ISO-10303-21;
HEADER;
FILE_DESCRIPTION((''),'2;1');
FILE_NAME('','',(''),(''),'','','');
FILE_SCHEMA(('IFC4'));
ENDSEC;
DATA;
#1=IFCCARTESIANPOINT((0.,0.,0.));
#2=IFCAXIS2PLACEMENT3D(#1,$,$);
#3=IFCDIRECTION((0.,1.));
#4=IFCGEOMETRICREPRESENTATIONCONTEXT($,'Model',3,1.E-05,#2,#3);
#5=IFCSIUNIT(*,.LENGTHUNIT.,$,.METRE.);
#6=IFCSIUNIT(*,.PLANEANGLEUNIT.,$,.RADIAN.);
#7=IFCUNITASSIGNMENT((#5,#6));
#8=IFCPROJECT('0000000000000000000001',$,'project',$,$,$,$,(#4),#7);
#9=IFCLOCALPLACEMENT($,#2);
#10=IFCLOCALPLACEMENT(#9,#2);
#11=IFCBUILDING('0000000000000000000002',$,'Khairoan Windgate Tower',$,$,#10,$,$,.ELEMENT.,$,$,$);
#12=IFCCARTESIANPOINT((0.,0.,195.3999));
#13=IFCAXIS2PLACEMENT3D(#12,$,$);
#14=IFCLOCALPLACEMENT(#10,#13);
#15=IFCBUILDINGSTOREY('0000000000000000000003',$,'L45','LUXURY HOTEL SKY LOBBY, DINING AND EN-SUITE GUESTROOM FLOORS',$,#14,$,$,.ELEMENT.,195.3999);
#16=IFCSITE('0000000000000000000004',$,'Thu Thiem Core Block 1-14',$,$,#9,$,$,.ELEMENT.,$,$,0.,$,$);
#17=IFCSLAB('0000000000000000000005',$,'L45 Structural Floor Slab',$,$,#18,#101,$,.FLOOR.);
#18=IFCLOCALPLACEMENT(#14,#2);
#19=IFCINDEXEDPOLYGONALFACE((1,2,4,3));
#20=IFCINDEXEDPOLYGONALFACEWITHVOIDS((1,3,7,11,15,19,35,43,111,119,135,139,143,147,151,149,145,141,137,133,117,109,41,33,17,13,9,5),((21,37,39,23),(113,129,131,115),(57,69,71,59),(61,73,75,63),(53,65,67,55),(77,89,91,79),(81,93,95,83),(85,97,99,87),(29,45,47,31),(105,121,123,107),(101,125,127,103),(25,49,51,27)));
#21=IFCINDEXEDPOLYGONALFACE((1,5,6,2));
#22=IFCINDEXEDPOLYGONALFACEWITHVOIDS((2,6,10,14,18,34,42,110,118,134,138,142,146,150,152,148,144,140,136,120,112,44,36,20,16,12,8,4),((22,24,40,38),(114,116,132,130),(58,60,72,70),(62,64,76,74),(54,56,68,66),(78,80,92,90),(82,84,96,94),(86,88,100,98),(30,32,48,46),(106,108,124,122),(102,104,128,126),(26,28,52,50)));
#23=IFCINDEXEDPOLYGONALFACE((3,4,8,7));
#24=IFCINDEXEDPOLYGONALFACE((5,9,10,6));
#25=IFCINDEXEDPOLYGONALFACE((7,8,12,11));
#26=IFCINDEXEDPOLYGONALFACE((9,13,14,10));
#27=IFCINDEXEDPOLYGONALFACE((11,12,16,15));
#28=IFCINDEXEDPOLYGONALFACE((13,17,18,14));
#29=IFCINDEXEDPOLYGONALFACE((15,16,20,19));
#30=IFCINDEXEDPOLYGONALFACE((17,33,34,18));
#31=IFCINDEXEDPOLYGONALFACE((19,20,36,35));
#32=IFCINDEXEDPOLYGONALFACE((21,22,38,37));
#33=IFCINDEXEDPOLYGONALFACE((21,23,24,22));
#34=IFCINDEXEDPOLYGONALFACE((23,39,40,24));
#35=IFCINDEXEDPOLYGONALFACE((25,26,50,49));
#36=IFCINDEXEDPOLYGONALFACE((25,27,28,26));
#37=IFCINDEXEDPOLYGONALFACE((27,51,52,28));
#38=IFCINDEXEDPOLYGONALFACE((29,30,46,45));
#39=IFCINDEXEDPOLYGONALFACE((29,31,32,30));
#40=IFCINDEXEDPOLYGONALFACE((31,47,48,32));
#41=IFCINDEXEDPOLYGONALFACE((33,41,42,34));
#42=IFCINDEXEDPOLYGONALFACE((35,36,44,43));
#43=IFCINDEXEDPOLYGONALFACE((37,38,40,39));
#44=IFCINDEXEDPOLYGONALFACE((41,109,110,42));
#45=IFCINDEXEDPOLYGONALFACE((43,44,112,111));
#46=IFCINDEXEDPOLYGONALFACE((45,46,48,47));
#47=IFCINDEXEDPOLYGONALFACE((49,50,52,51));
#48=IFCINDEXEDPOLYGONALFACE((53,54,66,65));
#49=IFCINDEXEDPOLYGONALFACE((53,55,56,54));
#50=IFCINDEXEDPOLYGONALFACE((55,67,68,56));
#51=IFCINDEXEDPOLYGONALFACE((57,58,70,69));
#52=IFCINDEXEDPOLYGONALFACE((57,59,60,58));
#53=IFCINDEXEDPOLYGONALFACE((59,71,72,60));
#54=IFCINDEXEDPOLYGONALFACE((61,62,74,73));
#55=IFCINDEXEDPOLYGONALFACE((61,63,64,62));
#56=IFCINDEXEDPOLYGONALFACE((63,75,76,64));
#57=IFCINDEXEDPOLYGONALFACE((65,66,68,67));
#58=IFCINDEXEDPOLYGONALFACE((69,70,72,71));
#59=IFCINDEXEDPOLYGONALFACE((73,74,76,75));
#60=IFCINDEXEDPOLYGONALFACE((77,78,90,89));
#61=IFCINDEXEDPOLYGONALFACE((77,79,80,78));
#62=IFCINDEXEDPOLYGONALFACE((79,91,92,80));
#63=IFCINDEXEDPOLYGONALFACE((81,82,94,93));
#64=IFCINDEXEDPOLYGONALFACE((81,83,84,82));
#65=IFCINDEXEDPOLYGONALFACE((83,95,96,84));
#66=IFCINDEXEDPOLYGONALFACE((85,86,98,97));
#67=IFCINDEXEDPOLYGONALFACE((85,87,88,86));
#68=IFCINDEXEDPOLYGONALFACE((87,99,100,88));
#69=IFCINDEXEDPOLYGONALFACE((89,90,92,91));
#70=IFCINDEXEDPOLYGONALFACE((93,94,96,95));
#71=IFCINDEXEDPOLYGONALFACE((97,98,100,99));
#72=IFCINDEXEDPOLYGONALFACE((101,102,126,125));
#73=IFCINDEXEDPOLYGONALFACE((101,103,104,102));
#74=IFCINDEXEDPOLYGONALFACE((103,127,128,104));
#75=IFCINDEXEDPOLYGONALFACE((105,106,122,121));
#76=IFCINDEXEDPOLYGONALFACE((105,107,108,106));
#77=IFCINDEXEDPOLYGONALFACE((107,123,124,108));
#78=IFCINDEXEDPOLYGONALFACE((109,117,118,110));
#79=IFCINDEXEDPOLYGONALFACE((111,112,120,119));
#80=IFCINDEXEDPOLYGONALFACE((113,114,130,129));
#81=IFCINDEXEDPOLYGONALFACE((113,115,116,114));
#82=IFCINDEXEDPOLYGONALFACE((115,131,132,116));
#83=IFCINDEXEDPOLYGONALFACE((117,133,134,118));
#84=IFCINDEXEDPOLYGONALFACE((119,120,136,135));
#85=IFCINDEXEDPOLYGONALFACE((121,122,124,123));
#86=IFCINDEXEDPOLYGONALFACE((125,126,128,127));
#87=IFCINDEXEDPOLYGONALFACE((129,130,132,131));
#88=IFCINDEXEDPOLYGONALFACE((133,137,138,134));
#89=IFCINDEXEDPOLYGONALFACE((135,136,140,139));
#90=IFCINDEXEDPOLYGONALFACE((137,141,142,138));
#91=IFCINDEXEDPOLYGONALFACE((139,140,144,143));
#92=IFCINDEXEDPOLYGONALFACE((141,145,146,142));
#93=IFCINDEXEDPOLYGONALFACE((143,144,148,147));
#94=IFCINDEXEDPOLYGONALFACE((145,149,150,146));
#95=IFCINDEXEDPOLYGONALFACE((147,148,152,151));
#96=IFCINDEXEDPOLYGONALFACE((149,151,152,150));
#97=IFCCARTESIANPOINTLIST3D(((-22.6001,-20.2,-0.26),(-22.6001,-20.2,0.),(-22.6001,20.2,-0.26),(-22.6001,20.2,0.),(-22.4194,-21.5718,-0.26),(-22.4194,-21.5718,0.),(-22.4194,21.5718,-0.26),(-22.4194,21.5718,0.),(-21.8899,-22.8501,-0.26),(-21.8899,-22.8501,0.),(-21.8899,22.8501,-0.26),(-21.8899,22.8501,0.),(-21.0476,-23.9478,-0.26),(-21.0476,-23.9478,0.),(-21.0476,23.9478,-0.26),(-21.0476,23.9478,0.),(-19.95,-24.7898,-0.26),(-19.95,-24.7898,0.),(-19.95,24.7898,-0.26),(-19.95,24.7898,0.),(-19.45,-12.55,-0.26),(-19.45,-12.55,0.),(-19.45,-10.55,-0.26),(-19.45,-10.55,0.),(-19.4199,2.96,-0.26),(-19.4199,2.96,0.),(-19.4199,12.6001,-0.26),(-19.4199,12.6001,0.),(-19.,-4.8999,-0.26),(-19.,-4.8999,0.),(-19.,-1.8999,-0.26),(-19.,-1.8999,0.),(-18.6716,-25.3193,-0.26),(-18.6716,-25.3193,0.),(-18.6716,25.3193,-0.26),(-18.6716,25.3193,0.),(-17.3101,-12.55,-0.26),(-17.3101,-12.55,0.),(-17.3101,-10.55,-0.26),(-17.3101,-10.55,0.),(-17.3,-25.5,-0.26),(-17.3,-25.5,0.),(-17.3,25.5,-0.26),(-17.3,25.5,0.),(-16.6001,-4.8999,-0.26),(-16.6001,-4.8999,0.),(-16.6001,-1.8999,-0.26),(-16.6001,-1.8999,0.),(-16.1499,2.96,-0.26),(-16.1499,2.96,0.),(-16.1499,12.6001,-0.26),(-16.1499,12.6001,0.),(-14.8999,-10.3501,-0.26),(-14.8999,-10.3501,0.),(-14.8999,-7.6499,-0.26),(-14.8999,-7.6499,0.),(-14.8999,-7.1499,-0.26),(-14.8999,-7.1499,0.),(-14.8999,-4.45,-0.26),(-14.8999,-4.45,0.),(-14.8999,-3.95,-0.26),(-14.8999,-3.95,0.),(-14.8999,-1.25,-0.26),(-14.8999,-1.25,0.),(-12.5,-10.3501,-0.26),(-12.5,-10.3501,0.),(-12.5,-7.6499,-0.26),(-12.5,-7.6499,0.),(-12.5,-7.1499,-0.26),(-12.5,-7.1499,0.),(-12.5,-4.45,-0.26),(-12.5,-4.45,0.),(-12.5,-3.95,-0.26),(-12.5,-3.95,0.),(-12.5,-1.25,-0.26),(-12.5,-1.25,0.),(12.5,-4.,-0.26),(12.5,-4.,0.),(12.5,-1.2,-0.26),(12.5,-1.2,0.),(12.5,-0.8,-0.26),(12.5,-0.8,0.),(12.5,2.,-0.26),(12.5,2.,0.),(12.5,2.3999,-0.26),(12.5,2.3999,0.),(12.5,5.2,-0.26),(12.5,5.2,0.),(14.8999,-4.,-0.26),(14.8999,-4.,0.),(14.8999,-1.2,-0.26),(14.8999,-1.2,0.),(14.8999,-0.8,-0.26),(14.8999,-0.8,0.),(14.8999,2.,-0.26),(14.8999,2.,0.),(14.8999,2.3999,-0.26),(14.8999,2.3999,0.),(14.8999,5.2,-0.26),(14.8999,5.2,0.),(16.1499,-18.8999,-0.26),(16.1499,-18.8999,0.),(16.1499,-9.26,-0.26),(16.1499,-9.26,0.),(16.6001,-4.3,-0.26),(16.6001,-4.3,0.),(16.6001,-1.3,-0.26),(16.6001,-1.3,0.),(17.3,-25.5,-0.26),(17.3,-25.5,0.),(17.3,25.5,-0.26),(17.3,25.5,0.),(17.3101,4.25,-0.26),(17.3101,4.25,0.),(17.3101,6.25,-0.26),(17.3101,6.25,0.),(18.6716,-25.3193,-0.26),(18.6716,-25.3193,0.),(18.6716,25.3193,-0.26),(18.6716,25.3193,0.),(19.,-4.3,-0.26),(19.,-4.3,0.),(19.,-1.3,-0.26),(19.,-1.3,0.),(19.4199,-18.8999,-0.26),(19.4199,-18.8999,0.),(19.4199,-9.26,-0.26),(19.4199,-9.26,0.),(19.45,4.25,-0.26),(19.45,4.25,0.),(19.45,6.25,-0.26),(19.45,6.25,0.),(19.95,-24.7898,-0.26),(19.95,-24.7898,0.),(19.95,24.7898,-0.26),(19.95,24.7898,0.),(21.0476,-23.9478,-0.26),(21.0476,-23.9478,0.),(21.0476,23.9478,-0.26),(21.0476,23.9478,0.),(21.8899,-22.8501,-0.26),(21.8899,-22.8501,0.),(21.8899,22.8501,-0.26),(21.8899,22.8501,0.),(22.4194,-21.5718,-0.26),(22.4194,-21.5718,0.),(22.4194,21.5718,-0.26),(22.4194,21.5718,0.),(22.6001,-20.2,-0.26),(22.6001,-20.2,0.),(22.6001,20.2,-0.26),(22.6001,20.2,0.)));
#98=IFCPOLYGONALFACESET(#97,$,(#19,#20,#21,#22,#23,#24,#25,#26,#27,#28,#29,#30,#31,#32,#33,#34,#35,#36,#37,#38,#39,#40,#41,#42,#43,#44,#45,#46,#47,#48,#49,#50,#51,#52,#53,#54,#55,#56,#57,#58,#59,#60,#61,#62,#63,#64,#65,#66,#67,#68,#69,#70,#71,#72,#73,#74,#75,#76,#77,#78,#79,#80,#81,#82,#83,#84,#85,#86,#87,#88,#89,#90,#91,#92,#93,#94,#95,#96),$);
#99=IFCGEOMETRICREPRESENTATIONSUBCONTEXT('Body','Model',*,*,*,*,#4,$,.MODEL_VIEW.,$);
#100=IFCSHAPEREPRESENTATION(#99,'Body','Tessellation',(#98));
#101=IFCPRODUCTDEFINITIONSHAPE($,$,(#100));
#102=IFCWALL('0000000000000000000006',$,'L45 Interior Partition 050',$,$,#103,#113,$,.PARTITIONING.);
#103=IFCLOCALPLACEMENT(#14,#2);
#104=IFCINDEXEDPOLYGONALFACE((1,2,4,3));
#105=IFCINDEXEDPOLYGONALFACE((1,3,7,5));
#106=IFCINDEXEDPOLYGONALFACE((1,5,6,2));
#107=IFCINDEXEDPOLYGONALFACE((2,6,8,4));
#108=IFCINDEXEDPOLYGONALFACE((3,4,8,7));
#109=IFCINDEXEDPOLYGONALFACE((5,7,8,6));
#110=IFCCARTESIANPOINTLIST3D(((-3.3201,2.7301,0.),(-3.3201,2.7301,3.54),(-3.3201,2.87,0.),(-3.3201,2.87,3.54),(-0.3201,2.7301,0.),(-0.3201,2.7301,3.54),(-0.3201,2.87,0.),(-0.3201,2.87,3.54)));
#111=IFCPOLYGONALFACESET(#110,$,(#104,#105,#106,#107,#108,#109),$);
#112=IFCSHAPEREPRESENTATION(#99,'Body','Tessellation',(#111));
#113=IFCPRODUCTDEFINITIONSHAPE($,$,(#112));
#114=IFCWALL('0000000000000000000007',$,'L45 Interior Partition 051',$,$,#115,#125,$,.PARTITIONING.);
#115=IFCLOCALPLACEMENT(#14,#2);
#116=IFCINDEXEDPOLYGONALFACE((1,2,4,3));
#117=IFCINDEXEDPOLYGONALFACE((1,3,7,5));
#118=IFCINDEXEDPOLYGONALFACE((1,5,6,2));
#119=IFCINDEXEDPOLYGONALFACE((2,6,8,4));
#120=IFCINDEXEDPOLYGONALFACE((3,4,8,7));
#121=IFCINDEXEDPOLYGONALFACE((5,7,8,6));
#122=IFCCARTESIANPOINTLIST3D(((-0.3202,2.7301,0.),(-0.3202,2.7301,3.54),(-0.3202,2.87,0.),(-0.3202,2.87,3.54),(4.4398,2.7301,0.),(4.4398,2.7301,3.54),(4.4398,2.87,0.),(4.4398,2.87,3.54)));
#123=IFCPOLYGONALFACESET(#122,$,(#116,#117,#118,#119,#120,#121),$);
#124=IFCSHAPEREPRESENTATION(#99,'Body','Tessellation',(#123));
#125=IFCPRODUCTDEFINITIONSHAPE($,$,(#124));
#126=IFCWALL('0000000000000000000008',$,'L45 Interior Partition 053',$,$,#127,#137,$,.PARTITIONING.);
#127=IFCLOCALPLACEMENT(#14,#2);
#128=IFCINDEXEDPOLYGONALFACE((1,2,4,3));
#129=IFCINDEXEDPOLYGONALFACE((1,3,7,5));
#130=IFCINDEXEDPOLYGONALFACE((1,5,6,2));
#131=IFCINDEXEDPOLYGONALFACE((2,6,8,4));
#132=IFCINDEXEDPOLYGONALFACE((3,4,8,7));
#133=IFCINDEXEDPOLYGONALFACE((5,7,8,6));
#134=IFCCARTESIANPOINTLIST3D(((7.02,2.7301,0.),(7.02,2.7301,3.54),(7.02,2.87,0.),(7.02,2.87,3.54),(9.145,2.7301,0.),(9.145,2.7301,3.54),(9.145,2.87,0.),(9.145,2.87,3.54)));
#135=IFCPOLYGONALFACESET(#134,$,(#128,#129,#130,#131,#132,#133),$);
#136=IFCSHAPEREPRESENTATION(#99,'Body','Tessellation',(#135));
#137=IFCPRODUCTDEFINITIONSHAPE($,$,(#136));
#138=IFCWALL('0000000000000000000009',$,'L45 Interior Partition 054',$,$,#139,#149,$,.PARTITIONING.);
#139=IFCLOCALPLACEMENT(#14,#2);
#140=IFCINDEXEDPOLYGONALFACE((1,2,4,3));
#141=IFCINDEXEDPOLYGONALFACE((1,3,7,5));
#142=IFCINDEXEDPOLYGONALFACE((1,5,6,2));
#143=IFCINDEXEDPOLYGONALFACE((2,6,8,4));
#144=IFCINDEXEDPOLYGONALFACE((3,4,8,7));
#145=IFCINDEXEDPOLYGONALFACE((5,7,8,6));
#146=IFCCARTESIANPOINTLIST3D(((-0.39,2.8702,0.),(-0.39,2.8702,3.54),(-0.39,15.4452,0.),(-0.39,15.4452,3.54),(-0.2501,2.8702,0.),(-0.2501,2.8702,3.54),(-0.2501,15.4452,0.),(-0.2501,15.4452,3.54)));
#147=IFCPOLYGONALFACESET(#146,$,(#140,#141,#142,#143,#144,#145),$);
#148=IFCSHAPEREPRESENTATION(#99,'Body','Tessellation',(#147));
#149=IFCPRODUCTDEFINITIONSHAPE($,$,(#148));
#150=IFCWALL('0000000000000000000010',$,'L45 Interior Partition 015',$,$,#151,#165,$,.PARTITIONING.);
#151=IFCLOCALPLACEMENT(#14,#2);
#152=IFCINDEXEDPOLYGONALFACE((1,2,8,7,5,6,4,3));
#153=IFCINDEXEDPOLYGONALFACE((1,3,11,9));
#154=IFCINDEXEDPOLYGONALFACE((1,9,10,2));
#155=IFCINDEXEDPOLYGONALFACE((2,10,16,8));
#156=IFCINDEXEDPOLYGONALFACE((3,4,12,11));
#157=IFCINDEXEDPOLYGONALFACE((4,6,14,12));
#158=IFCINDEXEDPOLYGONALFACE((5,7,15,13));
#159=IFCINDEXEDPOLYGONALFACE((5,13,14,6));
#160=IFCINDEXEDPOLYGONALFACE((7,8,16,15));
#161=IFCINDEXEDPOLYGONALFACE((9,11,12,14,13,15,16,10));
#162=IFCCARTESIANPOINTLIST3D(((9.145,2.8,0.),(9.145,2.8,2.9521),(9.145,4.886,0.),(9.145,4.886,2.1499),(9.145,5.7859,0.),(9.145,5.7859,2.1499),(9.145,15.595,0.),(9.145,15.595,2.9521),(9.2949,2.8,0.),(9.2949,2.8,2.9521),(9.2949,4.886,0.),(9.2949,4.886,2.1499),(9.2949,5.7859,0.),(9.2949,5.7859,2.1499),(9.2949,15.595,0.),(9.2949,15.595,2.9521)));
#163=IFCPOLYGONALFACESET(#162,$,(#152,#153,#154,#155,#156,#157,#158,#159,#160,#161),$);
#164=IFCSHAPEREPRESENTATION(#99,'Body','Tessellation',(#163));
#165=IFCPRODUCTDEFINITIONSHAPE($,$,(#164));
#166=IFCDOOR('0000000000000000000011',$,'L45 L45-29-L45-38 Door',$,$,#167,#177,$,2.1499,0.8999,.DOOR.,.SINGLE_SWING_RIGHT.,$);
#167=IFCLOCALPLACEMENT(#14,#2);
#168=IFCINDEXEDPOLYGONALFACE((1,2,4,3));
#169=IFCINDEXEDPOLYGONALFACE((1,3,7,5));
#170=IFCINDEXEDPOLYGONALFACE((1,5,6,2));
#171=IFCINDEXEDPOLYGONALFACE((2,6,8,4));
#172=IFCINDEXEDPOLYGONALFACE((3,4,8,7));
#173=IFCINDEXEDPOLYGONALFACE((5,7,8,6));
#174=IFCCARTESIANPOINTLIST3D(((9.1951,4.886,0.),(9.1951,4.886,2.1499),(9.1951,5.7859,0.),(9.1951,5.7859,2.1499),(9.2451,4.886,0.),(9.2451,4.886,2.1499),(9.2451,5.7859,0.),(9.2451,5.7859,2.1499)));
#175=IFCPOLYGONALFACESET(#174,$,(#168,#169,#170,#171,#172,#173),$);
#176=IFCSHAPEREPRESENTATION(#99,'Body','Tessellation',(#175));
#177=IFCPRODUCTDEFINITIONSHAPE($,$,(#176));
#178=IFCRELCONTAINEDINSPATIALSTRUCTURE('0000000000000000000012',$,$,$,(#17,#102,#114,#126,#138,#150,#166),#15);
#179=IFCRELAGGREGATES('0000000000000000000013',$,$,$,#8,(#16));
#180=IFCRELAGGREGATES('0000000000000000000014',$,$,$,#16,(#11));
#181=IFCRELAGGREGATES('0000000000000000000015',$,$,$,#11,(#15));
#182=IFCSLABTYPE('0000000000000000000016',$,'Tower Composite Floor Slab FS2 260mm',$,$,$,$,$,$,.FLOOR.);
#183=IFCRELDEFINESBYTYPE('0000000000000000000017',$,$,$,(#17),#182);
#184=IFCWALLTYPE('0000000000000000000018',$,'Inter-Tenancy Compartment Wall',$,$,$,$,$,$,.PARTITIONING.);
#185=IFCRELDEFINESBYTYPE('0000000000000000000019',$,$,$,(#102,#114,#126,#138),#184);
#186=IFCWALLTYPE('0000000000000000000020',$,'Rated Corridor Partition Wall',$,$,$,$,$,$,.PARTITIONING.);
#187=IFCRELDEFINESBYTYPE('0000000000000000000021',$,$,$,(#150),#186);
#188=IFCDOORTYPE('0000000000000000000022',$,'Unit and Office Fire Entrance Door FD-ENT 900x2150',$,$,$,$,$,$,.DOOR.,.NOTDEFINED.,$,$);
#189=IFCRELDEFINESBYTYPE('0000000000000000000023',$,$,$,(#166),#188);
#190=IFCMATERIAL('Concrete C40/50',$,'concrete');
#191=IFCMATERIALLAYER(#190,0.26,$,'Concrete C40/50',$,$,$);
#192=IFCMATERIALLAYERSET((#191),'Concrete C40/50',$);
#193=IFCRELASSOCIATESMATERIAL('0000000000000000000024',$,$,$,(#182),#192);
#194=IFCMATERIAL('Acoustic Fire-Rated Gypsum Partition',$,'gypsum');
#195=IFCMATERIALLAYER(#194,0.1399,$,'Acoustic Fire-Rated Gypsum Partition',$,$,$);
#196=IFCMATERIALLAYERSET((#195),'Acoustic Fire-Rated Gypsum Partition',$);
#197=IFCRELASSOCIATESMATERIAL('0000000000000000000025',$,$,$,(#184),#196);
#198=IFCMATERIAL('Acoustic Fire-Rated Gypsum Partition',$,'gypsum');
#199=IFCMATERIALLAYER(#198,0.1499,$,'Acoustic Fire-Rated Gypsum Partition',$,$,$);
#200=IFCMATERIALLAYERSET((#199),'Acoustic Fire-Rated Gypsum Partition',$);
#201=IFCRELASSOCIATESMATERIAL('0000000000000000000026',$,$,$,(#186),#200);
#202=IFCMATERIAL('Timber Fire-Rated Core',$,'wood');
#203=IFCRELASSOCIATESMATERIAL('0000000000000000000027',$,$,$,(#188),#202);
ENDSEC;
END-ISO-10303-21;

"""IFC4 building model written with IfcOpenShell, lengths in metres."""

from ifc_helpers import new_model, si_unit, direction, frame, frame_2d, origin, place, context, subcontext, project, spatial, polyline, rectangle, outline, extrude, material, layer, layer_set, type_object, element, fill, save


model = new_model("IFC4")

# Units and contexts
model_context = context("Model", 3, precision=1e-05, world=origin(), true_north=direction((0.0, 1.0)))
body_context = subcontext(model_context, "Body", "Model", "MODEL_VIEW")
ifc_project = project(units=[si_unit("LENGTHUNIT", "METRE"), si_unit("PLANEANGLEUNIT", "RADIAN")], contexts=[model_context])

# Site, building, storey
site_placement = place(None, origin())
site = spatial("IfcSite", under=ifc_project, at=site_placement, Name="Thu Thiem Core Block 1-14", CompositionType="ELEMENT", RefElevation=0.0)
building_placement = place(site_placement, origin())
building = spatial("IfcBuilding", under=site, at=building_placement, Name="Khairoan Windgate Tower", CompositionType="ELEMENT")
storey_placement = place(building_placement, frame((0.0, 0.0, 195.3999)))
storey = spatial("IfcBuildingStorey", under=building, at=storey_placement, Name="L45", Description="LUXURY HOTEL SKY LOBBY, DINING AND EN-SUITE GUESTROOM FLOORS", CompositionType="ELEMENT", Elevation=195.3999)

# Slab
ifc_material_1 = material(Name="Concrete C40/50", Category="concrete")
ifc_layer_1 = layer(ifc_material_1, 0.26, Name="Concrete C40/50")
ifc_layer_set_1 = layer_set([ifc_layer_1], Name="Concrete C40/50")
slab_type_1 = type_object("IfcSlabType", Name="Tower Composite Floor Slab FS2 260mm", PredefinedType="FLOOR", material=ifc_layer_set_1)
slab_1_placement = place(storey_placement, frame((0.0, 0.0, -0.26)))
element("IfcSlab", 1, at=slab_1_placement, inside=storey, type_object=slab_type_1, Name="L45 Structural Floor Slab", PredefinedType="FLOOR", context=body_context, shape_type="SweptSolid", body=[
    extrude(outline(polyline([(17.3, -25.5), (18.6716, -25.3193), (19.95, -24.7898), (21.0476, -23.9478), (21.8899, -22.8501), (22.4194, -21.5718), (22.6001, -20.2), (22.6001, 20.2), (22.4194, 21.5718), (21.8899, 22.8501), (21.0476, 23.9478), (19.95, 24.7898), (18.6716, 25.3193), (17.3, 25.5), (-17.3, 25.5), (-18.6716, 25.3193), (-19.95, 24.7898), (-21.0476, 23.9478), (-21.8899, 22.8501), (-22.4194, 21.5718), (-22.6001, 20.2), (-22.6001, -20.2), (-22.4194, -21.5718), (-21.8899, -22.8501), (-21.0476, -23.9478), (-19.95, -24.7898), (-18.6716, -25.3193), (-17.3, -25.5), (17.3, -25.5)]), holes=[polyline([(16.1499, -9.26), (16.1499, -18.8999), (19.4199, -18.8999), (19.4199, -9.26), (16.1499, -9.26)]), polyline([(-16.1499, 2.96), (-16.1499, 12.6001), (-19.4199, 12.6001), (-19.4199, 2.96), (-16.1499, 2.96)]), polyline([(-14.8999, -3.95), (-12.5, -3.95), (-12.5, -1.25), (-14.8999, -1.25), (-14.8999, -3.95)]), polyline([(-14.8999, -7.1499), (-12.5, -7.1499), (-12.5, -4.45), (-14.8999, -4.45), (-14.8999, -7.1499)]), polyline([(-14.8999, -10.3501), (-12.5, -10.3501), (-12.5, -7.6499), (-14.8999, -7.6499), (-14.8999, -10.3501)]), polyline([(12.5, 2.3999), (14.8999, 2.3999), (14.8999, 5.2), (12.5, 5.2), (12.5, 2.3999)]), polyline([(12.5, -0.8), (14.8999, -0.8), (14.8999, 2.0), (12.5, 2.0), (12.5, -0.8)]), polyline([(12.5, -4.0), (14.8999, -4.0), (14.8999, -1.2), (12.5, -1.2), (12.5, -4.0)]), polyline([(16.6001, -4.3), (19.0, -4.3), (19.0, -1.3), (16.6001, -1.3), (16.6001, -4.3)]), polyline([(-19.0, -4.8999), (-16.6001, -4.8999), (-16.6001, -1.8999), (-19.0, -1.8999), (-19.0, -4.8999)]), polyline([(-19.45, -12.55), (-17.3101, -12.55), (-17.3101, -10.55), (-19.45, -10.55), (-19.45, -12.55)]), polyline([(17.3101, 4.25), (19.45, 4.25), (19.45, 6.25), (17.3101, 6.25), (17.3101, 4.25)])]), origin(), (0.0, 0.0, 1.0), 0.26),
])

# Walls
ifc_material_2 = material(Name="Acoustic Fire-Rated Gypsum Partition", Category="gypsum")
ifc_layer_2 = layer(ifc_material_2, 0.1399, Name="Acoustic Fire-Rated Gypsum Partition")
ifc_layer_set_2 = layer_set([ifc_layer_2], Name="Acoustic Fire-Rated Gypsum Partition")
wall_type_1 = type_object("IfcWallType", Name="Inter-Tenancy Compartment Wall", PredefinedType="PARTITIONING", material=ifc_layer_set_2)
wall_1_placement = place(storey_placement, frame((-3.3201, 2.8, 0.0), z_axis=(0.0, 0.0, 1.0), x_axis=(1.0, 0.0, 0.0)))
element("IfcWall", 2, at=wall_1_placement, inside=storey, type_object=wall_type_1, Name="L45 Interior Partition 050", PredefinedType="PARTITIONING", context=body_context, shape_type="SweptSolid", body=[
    extrude(rectangle(XDim=3.0, YDim=0.1399, at=frame_2d((1.5, 0.0))), origin(), (0.0, 0.0, 1.0), 3.54),
])
wall_2_placement = place(storey_placement, frame((-0.3201, 2.8, 0.0), z_axis=(0.0, 0.0, 1.0), x_axis=(1.0, 0.0, 0.0)))
element("IfcWall", 3, at=wall_2_placement, inside=storey, type_object=wall_type_1, Name="L45 Interior Partition 051", PredefinedType="PARTITIONING", context=body_context, shape_type="SweptSolid", body=[
    extrude(rectangle(XDim=4.76, YDim=0.1399, at=frame_2d((2.3799, 0.0))), origin(), (0.0, 0.0, 1.0), 3.54),
])
wall_3_placement = place(storey_placement, frame((7.02, 2.8, 0.0), z_axis=(0.0, 0.0, 1.0), x_axis=(1.0, 0.0, 0.0)))
element("IfcWall", 4, at=wall_3_placement, inside=storey, type_object=wall_type_1, Name="L45 Interior Partition 053", PredefinedType="PARTITIONING", context=body_context, shape_type="SweptSolid", body=[
    extrude(rectangle(XDim=2.125, YDim=0.1399, at=frame_2d((1.0625, 0.0))), origin(), (0.0, 0.0, 1.0), 3.54),
])
wall_4_placement = place(storey_placement, frame((-0.3201, 2.8701, 0.0), z_axis=(0.0, 0.0, 1.0), x_axis=(0.0, 1.0, 0.0)))
element("IfcWall", 5, at=wall_4_placement, inside=storey, type_object=wall_type_1, Name="L45 Interior Partition 054", PredefinedType="PARTITIONING", context=body_context, shape_type="SweptSolid", body=[
    extrude(rectangle(XDim=12.575, YDim=0.1399, at=frame_2d((6.2876, 0.0))), origin(), (0.0, 0.0, 1.0), 3.54),
])

# Wall, opening, door
ifc_material_3 = material(Name="Acoustic Fire-Rated Gypsum Partition", Category="gypsum")
ifc_layer_3 = layer(ifc_material_3, 0.1499, Name="Acoustic Fire-Rated Gypsum Partition")
ifc_layer_set_3 = layer_set([ifc_layer_3], Name="Acoustic Fire-Rated Gypsum Partition")
wall_type_2 = type_object("IfcWallType", Name="Rated Corridor Partition Wall", PredefinedType="PARTITIONING", material=ifc_layer_set_3)
wall_5_placement = place(storey_placement, frame((9.22, 2.8, 0.0), z_axis=(0.0, 0.0, 1.0), x_axis=(0.0, 1.0, 0.0)))
wall_5 = element("IfcWall", 6, at=wall_5_placement, inside=storey, type_object=wall_type_2, Name="L45 Interior Partition 015", PredefinedType="PARTITIONING", context=body_context, shape_type="SweptSolid", body=[
    extrude(rectangle(XDim=12.7949, YDim=0.1499, at=frame_2d((6.3975, 0.0))), origin(), (0.0, 0.0, 1.0), 2.9521),
])
opening_1_placement = place(wall_5_placement, frame((2.0859, 0.0, 0.0)))
opening_1 = element("IfcOpeningElement", 7, at=opening_1_placement, cuts=wall_5, PredefinedType="OPENING", context=body_context, shape_type="SweptSolid", body=[
    extrude(rectangle(XDim=0.8999, YDim=2.1499, at=frame_2d((0.45, 1.075))), frame((0.0, 0.085, 0.0), z_axis=(0.0, -1.0, 0.0), x_axis=(1.0, 0.0, 0.0)), (0.0, 0.0, 1.0), 0.1699),
])
ifc_material_4 = material(Name="Timber Fire-Rated Core", Category="wood")
door_type = type_object("IfcDoorType", Name="Unit and Office Fire Entrance Door FD-ENT 900x2150", OperationType="NOTDEFINED", PredefinedType="DOOR", material=ifc_material_4)
door_1_placement = place(opening_1_placement, origin())
door_1 = element("IfcDoor", 8, at=door_1_placement, inside=storey, type_object=door_type, Name="L45 L45-29-L45-38 Door", OperationType="SINGLE_SWING_RIGHT", OverallHeight=2.1499, OverallWidth=0.8999, PredefinedType="DOOR", context=body_context, shape_type="SweptSolid", body=[
    extrude(rectangle(XDim=0.8999, YDim=2.1499, at=frame_2d((0.45, 1.075))), frame((0.0, 0.0249, 0.0), z_axis=(0.0, -1.0, 0.0), x_axis=(1.0, 0.0, 0.0)), (0.0, 0.0, 1.0), 0.05),
])
fill(opening_1, door_1)

save(model, "model.ifc")
